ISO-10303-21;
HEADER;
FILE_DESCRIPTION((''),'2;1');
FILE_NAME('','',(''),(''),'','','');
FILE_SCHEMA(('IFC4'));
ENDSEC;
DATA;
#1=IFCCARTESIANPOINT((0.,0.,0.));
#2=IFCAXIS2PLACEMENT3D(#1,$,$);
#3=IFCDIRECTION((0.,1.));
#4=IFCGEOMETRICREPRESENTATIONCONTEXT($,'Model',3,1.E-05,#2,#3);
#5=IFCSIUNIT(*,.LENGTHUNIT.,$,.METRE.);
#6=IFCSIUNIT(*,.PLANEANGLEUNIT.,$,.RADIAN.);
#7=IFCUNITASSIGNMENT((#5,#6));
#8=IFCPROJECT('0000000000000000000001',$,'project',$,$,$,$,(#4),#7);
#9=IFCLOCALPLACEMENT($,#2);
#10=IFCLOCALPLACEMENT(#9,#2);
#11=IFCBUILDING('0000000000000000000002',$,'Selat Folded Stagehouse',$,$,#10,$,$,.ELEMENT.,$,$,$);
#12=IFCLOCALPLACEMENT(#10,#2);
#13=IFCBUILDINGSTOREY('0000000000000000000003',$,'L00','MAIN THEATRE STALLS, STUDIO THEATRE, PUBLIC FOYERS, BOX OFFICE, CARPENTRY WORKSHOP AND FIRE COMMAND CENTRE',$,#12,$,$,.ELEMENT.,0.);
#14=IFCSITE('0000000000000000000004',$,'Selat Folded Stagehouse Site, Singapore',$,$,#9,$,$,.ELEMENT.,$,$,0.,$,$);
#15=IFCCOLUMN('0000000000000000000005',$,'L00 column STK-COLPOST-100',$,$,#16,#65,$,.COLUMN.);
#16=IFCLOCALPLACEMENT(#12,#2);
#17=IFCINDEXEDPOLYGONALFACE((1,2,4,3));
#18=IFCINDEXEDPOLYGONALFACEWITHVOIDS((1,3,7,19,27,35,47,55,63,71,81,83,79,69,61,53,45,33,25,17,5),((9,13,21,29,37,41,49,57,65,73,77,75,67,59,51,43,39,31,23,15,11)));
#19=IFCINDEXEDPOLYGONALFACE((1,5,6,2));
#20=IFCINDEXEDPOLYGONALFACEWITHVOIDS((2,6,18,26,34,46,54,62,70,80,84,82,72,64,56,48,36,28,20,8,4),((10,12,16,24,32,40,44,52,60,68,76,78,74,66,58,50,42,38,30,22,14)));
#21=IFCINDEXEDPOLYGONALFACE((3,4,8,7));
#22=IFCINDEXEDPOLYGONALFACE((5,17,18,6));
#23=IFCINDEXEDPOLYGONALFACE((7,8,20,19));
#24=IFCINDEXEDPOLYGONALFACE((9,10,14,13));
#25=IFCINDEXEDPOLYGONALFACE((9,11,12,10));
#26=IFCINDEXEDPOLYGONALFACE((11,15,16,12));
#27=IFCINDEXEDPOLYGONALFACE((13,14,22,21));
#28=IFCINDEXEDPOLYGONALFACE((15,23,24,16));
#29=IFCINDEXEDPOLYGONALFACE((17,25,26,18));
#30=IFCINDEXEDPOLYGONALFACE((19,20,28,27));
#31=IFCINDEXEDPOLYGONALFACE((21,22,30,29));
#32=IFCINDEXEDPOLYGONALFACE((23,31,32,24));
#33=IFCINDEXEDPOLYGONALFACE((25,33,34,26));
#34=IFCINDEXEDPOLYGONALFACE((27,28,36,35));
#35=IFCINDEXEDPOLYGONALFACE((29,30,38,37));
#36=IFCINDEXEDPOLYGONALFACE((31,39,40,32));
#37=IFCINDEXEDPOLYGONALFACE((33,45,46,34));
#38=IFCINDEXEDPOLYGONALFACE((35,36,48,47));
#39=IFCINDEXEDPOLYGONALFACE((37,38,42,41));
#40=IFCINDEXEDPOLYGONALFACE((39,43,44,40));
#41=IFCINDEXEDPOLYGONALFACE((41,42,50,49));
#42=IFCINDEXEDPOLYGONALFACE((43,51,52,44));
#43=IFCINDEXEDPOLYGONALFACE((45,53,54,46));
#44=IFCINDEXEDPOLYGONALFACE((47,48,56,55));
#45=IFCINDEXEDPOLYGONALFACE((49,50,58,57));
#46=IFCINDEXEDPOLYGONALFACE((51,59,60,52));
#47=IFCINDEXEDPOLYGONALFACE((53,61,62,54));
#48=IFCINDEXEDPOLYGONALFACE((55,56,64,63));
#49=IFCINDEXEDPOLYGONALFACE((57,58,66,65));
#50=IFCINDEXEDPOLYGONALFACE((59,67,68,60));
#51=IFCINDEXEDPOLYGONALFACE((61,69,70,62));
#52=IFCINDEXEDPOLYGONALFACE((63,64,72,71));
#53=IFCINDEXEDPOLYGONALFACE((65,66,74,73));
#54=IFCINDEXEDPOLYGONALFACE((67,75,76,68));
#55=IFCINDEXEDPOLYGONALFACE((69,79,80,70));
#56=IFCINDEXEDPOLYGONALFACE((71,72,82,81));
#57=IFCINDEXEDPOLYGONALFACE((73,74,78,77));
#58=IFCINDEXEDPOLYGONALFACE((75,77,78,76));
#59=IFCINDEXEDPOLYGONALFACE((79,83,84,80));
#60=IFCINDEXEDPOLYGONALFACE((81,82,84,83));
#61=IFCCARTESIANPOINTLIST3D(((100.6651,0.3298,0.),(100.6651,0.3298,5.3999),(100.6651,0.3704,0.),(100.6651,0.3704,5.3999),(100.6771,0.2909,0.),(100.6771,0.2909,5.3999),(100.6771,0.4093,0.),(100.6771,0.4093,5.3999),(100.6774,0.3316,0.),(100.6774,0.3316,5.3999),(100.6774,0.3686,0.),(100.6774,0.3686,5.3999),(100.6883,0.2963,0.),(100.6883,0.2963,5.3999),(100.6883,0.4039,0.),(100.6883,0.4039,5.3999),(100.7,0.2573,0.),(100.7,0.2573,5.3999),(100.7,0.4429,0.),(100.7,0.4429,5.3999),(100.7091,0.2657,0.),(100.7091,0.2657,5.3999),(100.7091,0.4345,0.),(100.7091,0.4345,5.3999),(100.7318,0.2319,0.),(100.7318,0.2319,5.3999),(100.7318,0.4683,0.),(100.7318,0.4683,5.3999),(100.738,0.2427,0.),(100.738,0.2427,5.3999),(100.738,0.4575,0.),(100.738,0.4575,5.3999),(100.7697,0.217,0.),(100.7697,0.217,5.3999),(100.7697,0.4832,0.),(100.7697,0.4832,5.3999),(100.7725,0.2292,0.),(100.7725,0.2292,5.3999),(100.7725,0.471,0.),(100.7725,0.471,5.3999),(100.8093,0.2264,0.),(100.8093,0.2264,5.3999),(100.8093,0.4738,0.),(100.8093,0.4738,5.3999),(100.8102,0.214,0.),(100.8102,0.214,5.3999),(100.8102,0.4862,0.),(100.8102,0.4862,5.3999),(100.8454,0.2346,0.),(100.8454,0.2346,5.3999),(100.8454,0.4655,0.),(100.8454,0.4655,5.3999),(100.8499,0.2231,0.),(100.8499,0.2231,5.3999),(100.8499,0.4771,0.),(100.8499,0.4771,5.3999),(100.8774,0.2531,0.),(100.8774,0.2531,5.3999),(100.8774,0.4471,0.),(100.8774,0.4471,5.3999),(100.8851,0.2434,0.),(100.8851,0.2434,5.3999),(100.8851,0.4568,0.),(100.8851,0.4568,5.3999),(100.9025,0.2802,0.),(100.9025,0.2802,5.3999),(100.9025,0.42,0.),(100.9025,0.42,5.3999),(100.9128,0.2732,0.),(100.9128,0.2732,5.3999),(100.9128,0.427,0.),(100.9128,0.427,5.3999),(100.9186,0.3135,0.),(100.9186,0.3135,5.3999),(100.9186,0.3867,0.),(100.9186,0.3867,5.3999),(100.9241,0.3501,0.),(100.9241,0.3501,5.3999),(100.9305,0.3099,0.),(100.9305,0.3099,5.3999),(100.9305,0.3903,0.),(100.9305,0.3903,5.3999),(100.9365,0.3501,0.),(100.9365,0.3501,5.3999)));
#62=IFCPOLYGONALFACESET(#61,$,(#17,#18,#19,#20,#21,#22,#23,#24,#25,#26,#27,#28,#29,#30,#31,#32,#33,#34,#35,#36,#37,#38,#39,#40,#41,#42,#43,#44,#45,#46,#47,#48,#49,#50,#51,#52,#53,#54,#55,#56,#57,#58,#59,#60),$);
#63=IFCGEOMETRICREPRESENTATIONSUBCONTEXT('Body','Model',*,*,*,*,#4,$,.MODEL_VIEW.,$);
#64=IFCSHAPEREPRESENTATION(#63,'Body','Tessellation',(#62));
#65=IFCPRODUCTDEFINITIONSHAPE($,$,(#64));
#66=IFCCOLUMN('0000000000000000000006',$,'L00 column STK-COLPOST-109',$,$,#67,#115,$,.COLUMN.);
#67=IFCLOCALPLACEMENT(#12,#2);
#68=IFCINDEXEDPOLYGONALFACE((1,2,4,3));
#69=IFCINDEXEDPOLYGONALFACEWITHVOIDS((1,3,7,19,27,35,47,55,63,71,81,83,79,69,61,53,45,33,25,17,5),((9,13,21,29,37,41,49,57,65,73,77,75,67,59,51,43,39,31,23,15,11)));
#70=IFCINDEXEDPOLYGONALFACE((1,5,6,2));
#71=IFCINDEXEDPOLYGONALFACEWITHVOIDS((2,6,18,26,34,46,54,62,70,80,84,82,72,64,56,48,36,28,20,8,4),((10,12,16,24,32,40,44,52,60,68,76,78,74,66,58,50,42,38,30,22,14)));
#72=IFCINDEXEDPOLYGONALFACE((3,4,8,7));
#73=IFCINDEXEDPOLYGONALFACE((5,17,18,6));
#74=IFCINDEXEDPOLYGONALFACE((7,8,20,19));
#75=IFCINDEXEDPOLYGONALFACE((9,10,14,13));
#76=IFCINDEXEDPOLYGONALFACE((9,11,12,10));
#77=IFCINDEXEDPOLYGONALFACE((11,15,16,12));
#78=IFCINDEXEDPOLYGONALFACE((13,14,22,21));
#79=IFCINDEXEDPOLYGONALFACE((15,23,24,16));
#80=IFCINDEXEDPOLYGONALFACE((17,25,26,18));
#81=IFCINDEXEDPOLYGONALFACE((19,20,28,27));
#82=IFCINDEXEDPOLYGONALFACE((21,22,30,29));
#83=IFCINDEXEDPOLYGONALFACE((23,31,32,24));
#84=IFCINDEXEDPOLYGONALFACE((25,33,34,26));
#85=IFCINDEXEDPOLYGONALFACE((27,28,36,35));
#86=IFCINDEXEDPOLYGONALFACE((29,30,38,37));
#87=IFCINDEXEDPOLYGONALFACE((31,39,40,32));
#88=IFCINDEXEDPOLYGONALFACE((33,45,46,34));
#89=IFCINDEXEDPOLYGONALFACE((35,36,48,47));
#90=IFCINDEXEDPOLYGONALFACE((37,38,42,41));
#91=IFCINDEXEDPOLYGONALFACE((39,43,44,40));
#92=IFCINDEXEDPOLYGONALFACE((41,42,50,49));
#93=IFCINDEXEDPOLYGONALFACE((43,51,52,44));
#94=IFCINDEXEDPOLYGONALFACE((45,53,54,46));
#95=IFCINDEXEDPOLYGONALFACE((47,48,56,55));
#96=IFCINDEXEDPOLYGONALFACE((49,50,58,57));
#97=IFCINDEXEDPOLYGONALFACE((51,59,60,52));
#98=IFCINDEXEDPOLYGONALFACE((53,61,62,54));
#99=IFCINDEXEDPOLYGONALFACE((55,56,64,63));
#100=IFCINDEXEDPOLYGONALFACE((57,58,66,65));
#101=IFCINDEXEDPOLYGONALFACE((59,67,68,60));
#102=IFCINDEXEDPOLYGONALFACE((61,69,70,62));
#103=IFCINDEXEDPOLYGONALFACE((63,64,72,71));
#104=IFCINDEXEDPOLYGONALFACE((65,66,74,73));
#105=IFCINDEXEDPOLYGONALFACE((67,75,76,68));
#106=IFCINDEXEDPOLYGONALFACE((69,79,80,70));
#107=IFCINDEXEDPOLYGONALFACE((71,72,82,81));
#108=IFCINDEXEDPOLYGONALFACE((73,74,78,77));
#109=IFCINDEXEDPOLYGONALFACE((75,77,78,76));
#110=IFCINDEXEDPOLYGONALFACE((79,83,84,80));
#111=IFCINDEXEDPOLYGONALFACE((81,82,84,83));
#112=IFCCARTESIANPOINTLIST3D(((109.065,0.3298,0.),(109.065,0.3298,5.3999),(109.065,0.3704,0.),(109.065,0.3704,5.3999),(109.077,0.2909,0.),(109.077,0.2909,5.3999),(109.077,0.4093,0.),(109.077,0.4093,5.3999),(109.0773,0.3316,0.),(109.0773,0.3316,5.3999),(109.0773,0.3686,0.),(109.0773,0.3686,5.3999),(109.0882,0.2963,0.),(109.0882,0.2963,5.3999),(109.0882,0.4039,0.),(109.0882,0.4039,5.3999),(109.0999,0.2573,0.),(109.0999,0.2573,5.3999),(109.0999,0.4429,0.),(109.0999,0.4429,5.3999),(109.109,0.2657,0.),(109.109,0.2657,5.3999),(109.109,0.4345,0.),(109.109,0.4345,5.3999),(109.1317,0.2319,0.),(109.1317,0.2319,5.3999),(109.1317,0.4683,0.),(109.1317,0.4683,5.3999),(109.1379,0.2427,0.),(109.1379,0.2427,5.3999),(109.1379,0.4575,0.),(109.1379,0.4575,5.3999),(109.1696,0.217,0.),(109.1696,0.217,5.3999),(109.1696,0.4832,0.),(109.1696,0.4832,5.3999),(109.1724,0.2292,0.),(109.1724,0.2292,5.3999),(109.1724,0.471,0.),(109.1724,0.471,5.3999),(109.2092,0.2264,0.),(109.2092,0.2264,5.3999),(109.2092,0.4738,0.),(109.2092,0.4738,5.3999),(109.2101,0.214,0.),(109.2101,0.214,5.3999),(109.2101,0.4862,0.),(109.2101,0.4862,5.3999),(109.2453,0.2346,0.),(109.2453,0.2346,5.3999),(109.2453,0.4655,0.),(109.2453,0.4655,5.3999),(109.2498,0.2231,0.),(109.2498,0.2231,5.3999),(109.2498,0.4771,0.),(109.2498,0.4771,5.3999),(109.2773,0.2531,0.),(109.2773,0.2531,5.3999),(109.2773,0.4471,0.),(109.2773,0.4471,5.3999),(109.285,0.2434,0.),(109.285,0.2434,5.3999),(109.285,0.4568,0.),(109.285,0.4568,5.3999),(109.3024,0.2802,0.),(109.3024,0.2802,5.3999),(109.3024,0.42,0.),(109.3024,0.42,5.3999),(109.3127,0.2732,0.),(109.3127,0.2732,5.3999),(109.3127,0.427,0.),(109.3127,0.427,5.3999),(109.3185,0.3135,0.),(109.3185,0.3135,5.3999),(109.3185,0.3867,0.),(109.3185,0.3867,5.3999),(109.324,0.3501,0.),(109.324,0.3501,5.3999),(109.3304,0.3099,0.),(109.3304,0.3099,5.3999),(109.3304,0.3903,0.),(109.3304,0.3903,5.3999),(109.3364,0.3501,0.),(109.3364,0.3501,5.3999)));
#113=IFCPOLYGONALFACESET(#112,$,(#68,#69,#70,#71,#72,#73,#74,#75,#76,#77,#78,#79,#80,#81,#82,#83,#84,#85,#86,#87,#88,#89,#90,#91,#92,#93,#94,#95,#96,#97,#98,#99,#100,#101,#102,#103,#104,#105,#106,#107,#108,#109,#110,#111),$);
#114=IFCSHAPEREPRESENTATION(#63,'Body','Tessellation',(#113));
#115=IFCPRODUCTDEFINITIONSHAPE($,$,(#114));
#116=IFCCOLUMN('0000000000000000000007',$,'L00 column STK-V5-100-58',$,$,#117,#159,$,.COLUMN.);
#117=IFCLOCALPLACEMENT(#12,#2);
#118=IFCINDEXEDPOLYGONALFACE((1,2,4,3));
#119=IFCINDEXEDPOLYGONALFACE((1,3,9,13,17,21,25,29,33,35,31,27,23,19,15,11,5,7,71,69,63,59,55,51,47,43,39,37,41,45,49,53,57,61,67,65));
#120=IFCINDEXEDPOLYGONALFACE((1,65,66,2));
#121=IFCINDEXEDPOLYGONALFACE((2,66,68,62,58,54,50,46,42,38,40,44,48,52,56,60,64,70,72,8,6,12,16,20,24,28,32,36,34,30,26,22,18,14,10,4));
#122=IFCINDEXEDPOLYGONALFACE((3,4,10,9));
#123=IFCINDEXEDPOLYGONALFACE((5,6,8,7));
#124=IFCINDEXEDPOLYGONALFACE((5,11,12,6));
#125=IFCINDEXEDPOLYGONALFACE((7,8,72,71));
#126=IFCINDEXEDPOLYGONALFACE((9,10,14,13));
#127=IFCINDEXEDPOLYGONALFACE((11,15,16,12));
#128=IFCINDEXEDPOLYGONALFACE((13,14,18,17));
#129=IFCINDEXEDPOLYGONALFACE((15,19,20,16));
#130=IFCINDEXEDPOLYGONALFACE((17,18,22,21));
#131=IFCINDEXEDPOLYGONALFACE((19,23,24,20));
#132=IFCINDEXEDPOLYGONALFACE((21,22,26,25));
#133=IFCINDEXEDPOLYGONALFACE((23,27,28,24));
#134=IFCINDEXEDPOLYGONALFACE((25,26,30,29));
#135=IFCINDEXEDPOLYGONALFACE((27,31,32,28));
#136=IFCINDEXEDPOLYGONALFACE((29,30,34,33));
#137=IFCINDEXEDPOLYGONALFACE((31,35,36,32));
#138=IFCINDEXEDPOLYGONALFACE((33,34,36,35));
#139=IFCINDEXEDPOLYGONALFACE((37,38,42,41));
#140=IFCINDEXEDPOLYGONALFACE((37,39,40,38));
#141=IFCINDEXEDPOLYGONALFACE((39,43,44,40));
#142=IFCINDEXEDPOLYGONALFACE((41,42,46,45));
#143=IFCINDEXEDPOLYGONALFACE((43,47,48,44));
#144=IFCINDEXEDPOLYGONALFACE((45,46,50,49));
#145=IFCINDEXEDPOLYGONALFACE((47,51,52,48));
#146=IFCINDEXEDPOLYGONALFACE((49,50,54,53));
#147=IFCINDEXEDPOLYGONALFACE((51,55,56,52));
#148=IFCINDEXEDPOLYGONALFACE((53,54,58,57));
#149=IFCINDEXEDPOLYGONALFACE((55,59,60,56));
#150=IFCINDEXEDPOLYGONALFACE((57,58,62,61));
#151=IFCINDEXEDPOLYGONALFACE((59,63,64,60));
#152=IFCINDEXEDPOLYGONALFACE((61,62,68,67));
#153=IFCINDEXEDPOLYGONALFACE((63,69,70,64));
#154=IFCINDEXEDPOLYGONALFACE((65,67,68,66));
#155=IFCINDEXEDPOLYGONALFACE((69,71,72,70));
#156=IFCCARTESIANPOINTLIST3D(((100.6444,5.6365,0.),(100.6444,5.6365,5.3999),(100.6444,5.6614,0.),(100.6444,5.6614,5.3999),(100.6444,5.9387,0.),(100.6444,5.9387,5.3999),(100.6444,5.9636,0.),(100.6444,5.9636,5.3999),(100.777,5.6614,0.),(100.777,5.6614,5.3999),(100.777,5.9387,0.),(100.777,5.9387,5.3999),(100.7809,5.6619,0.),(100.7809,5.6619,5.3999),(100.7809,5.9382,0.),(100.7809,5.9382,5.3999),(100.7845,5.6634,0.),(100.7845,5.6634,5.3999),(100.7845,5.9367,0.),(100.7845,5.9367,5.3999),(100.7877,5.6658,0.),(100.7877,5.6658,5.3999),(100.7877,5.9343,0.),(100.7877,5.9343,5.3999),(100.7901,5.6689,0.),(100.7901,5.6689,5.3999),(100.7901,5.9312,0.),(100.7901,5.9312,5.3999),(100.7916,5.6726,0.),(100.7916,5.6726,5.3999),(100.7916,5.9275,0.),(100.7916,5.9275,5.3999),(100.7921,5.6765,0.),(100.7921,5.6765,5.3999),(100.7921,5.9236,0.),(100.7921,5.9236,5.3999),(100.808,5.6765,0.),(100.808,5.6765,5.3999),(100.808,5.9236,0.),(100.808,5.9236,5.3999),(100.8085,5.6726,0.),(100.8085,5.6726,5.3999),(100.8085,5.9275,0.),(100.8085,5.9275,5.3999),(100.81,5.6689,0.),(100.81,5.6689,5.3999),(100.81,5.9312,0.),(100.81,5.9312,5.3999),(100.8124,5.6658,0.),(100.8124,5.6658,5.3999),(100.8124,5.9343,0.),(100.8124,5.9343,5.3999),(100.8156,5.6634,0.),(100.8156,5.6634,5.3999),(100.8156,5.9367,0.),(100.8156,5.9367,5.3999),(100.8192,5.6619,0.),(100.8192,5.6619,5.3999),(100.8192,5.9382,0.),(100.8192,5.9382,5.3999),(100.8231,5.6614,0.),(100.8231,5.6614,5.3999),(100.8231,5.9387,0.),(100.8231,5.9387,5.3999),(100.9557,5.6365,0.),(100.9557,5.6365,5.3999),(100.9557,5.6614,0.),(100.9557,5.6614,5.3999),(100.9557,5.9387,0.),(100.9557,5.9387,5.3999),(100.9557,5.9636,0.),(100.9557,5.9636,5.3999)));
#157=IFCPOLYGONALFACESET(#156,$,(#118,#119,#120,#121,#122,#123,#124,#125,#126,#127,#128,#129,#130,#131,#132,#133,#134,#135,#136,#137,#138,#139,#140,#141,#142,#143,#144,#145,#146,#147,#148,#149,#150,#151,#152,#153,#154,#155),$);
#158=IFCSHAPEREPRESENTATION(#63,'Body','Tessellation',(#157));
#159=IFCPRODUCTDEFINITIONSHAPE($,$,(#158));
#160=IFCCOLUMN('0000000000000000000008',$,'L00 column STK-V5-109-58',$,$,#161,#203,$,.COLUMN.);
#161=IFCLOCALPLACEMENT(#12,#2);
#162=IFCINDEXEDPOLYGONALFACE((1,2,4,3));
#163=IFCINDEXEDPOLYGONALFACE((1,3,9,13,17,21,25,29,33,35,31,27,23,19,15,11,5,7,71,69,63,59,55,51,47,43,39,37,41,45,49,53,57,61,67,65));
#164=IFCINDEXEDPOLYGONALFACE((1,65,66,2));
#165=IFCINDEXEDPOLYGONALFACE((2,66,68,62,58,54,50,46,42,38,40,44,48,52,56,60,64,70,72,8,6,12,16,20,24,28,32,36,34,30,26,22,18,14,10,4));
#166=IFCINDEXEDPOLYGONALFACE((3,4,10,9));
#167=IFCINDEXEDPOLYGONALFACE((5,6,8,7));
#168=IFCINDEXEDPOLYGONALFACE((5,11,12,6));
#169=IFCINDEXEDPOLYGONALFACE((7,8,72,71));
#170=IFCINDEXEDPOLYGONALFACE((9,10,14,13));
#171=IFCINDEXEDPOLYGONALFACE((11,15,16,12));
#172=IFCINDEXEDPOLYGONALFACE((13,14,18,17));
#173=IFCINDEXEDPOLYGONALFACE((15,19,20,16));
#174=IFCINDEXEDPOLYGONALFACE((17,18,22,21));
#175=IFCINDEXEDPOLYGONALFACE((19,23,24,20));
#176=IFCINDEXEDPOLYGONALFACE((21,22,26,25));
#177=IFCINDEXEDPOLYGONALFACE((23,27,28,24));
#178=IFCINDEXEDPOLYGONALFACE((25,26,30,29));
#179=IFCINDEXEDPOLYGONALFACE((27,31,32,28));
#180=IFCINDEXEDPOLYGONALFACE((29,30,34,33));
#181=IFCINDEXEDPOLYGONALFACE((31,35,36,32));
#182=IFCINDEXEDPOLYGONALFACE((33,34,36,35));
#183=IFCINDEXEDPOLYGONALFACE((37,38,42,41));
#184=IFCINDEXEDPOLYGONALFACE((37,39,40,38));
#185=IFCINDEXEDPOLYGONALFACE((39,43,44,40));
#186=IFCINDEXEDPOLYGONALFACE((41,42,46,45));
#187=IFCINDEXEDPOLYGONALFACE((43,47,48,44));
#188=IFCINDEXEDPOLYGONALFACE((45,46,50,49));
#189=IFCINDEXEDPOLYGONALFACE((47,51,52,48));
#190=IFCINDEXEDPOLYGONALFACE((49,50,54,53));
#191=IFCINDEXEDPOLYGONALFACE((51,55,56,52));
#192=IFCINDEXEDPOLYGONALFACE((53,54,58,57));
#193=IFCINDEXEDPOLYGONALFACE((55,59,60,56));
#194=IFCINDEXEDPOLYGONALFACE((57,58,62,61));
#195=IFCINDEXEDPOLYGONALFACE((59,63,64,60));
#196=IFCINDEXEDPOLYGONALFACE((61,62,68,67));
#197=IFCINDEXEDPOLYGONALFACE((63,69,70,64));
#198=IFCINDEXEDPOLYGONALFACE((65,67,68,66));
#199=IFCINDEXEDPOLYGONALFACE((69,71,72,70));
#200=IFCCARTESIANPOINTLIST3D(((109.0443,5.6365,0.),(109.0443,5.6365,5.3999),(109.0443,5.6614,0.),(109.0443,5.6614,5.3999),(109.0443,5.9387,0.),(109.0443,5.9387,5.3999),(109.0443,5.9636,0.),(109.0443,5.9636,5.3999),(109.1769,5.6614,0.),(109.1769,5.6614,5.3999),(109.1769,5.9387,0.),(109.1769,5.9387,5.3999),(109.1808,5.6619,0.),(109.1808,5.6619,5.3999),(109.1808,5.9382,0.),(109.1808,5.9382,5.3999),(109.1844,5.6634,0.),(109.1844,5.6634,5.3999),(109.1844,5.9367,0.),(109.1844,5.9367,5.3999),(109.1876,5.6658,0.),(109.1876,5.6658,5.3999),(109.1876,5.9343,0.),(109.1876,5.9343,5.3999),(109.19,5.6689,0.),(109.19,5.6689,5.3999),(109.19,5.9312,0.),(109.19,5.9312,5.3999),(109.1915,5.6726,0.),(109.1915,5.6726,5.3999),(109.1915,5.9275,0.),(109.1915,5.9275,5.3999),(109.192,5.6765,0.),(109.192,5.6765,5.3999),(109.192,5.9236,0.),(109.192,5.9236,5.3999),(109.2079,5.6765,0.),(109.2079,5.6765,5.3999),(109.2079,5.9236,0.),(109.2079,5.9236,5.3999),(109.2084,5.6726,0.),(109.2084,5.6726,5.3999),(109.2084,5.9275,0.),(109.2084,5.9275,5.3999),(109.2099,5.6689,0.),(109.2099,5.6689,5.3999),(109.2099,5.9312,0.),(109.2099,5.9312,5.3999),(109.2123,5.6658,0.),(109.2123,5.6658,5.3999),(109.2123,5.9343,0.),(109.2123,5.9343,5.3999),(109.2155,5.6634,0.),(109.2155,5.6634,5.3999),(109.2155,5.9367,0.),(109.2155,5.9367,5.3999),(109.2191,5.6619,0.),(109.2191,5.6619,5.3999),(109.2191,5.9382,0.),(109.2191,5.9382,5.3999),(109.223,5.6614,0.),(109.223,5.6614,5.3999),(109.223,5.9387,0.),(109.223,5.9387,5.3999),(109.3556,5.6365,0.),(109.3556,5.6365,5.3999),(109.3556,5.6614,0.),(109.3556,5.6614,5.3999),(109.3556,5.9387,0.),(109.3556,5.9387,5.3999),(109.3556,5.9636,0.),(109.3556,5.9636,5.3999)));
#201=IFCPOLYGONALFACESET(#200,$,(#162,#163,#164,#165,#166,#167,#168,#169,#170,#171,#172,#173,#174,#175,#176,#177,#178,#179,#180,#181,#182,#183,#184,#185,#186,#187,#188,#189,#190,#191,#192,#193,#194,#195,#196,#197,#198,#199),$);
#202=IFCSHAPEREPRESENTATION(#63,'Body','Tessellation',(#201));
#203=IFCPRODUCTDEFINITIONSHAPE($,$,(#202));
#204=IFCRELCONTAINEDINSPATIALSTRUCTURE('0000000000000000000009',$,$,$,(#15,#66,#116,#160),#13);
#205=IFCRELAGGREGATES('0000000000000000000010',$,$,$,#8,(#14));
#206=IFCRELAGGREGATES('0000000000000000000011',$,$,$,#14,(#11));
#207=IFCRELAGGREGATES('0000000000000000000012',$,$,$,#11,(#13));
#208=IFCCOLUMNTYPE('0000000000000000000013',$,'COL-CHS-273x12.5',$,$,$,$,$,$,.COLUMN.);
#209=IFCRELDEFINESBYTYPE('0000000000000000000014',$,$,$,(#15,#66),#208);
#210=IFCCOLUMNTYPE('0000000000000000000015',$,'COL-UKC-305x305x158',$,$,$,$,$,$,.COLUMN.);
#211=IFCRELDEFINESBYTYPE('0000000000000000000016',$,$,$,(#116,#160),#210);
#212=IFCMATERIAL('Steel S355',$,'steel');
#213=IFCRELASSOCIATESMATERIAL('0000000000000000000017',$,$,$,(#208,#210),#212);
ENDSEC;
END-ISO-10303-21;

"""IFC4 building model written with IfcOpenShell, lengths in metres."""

from ifc_helpers import new_model, si_unit, direction, frame, origin, origin_2d, place, context, subcontext, project, spatial, hollow_circle, i_section, extrude, material, material_profile, profile_set, type_object, element, save


model = new_model("IFC4")

# Units and contexts
model_context = context("Model", 3, precision=1e-05, world=origin(), true_north=direction((0.0, 1.0)))
body_context = subcontext(model_context, "Body", "Model", "MODEL_VIEW")
ifc_project = project(units=[si_unit("LENGTHUNIT", "METRE"), si_unit("PLANEANGLEUNIT", "RADIAN")], contexts=[model_context])

# Site, building, storey
site_placement = place(None, origin())
site = spatial("IfcSite", under=ifc_project, at=site_placement, Name="Selat Folded Stagehouse Site, Singapore", CompositionType="ELEMENT", RefElevation=0.0)
building_placement = place(site_placement, origin())
building = spatial("IfcBuilding", under=site, at=building_placement, Name="Selat Folded Stagehouse", CompositionType="ELEMENT")
storey_placement = place(building_placement, origin())
storey = spatial("IfcBuildingStorey", under=building, at=storey_placement, Name="L00", Description="MAIN THEATRE STALLS, STUDIO THEATRE, PUBLIC FOYERS, BOX OFFICE, CARPENTRY WORKSHOP AND FIRE COMMAND CENTRE", CompositionType="ELEMENT", Elevation=0.0)

# Columns
ifc_material_1 = material(Name="Steel S355", Category="steel")
ifc_material_profile_1 = material_profile(ifc_material_1, hollow_circle(Radius=0.1365, WallThickness=0.0125, at=origin_2d()), Name="CHS 273.0x12.5")
ifc_profile_set_1 = profile_set([ifc_material_profile_1], Name="Steel S355")
column_type_1 = type_object("IfcColumnType", Name="COL-CHS-273x12.5", PredefinedType="COLUMN", material=ifc_profile_set_1)
for number, where, z_axis, x_axis, name in (
    (1, (100.8, 0.3501, 0.0), (0.0, 0.0, 1.0), (1.0, 0.0, 0.0), "L00 column STK-COLPOST-100"),
    (2, (109.2, 0.3501, 0.0), (0.0, 0.0, 1.0), (1.0, 0.0, 0.0), "L00 column STK-COLPOST-109"),
):
    element("IfcColumn", number, at=place(storey_placement, frame(where, z_axis=z_axis, x_axis=x_axis)), inside=storey, type_object=column_type_1, Name=name, PredefinedType="COLUMN", context=body_context, shape_type="SweptSolid", body=[
        extrude(hollow_circle(Radius=0.1365, WallThickness=0.0125, at=origin_2d()), origin(), (0.0, 0.0, 1.0), 5.3999),
    ])
ifc_material_profile_2 = material_profile(ifc_material_1, i_section(OverallWidth=0.3113, OverallDepth=0.3271, WebThickness=0.0159, FlangeThickness=0.0249, FilletRadius=0.0151, at=origin_2d()), Name="UKC 305x305x158")
ifc_profile_set_2 = profile_set([ifc_material_profile_2], Name="Steel S355")
column_type_2 = type_object("IfcColumnType", Name="COL-UKC-305x305x158", PredefinedType="COLUMN", material=ifc_profile_set_2)
for number, where, z_axis, x_axis, name in (
    (3, (100.8, 5.8, 0.0), (0.0, 0.0, 1.0), (1.0, 0.0, 0.0), "L00 column STK-V5-100-58"),
    (4, (109.2, 5.8, 0.0), (0.0, 0.0, 1.0), (1.0, 0.0, 0.0), "L00 column STK-V5-109-58"),
):
    element("IfcColumn", number, at=place(storey_placement, frame(where, z_axis=z_axis, x_axis=x_axis)), inside=storey, type_object=column_type_2, Name=name, PredefinedType="COLUMN", context=body_context, shape_type="SweptSolid", body=[
        extrude(i_section(OverallWidth=0.3113, OverallDepth=0.3271, WebThickness=0.0159, FlangeThickness=0.0249, FilletRadius=0.0151, at=origin_2d()), origin(), (0.0, 0.0, 1.0), 5.3999),
    ])

save(model, "model.ifc")
